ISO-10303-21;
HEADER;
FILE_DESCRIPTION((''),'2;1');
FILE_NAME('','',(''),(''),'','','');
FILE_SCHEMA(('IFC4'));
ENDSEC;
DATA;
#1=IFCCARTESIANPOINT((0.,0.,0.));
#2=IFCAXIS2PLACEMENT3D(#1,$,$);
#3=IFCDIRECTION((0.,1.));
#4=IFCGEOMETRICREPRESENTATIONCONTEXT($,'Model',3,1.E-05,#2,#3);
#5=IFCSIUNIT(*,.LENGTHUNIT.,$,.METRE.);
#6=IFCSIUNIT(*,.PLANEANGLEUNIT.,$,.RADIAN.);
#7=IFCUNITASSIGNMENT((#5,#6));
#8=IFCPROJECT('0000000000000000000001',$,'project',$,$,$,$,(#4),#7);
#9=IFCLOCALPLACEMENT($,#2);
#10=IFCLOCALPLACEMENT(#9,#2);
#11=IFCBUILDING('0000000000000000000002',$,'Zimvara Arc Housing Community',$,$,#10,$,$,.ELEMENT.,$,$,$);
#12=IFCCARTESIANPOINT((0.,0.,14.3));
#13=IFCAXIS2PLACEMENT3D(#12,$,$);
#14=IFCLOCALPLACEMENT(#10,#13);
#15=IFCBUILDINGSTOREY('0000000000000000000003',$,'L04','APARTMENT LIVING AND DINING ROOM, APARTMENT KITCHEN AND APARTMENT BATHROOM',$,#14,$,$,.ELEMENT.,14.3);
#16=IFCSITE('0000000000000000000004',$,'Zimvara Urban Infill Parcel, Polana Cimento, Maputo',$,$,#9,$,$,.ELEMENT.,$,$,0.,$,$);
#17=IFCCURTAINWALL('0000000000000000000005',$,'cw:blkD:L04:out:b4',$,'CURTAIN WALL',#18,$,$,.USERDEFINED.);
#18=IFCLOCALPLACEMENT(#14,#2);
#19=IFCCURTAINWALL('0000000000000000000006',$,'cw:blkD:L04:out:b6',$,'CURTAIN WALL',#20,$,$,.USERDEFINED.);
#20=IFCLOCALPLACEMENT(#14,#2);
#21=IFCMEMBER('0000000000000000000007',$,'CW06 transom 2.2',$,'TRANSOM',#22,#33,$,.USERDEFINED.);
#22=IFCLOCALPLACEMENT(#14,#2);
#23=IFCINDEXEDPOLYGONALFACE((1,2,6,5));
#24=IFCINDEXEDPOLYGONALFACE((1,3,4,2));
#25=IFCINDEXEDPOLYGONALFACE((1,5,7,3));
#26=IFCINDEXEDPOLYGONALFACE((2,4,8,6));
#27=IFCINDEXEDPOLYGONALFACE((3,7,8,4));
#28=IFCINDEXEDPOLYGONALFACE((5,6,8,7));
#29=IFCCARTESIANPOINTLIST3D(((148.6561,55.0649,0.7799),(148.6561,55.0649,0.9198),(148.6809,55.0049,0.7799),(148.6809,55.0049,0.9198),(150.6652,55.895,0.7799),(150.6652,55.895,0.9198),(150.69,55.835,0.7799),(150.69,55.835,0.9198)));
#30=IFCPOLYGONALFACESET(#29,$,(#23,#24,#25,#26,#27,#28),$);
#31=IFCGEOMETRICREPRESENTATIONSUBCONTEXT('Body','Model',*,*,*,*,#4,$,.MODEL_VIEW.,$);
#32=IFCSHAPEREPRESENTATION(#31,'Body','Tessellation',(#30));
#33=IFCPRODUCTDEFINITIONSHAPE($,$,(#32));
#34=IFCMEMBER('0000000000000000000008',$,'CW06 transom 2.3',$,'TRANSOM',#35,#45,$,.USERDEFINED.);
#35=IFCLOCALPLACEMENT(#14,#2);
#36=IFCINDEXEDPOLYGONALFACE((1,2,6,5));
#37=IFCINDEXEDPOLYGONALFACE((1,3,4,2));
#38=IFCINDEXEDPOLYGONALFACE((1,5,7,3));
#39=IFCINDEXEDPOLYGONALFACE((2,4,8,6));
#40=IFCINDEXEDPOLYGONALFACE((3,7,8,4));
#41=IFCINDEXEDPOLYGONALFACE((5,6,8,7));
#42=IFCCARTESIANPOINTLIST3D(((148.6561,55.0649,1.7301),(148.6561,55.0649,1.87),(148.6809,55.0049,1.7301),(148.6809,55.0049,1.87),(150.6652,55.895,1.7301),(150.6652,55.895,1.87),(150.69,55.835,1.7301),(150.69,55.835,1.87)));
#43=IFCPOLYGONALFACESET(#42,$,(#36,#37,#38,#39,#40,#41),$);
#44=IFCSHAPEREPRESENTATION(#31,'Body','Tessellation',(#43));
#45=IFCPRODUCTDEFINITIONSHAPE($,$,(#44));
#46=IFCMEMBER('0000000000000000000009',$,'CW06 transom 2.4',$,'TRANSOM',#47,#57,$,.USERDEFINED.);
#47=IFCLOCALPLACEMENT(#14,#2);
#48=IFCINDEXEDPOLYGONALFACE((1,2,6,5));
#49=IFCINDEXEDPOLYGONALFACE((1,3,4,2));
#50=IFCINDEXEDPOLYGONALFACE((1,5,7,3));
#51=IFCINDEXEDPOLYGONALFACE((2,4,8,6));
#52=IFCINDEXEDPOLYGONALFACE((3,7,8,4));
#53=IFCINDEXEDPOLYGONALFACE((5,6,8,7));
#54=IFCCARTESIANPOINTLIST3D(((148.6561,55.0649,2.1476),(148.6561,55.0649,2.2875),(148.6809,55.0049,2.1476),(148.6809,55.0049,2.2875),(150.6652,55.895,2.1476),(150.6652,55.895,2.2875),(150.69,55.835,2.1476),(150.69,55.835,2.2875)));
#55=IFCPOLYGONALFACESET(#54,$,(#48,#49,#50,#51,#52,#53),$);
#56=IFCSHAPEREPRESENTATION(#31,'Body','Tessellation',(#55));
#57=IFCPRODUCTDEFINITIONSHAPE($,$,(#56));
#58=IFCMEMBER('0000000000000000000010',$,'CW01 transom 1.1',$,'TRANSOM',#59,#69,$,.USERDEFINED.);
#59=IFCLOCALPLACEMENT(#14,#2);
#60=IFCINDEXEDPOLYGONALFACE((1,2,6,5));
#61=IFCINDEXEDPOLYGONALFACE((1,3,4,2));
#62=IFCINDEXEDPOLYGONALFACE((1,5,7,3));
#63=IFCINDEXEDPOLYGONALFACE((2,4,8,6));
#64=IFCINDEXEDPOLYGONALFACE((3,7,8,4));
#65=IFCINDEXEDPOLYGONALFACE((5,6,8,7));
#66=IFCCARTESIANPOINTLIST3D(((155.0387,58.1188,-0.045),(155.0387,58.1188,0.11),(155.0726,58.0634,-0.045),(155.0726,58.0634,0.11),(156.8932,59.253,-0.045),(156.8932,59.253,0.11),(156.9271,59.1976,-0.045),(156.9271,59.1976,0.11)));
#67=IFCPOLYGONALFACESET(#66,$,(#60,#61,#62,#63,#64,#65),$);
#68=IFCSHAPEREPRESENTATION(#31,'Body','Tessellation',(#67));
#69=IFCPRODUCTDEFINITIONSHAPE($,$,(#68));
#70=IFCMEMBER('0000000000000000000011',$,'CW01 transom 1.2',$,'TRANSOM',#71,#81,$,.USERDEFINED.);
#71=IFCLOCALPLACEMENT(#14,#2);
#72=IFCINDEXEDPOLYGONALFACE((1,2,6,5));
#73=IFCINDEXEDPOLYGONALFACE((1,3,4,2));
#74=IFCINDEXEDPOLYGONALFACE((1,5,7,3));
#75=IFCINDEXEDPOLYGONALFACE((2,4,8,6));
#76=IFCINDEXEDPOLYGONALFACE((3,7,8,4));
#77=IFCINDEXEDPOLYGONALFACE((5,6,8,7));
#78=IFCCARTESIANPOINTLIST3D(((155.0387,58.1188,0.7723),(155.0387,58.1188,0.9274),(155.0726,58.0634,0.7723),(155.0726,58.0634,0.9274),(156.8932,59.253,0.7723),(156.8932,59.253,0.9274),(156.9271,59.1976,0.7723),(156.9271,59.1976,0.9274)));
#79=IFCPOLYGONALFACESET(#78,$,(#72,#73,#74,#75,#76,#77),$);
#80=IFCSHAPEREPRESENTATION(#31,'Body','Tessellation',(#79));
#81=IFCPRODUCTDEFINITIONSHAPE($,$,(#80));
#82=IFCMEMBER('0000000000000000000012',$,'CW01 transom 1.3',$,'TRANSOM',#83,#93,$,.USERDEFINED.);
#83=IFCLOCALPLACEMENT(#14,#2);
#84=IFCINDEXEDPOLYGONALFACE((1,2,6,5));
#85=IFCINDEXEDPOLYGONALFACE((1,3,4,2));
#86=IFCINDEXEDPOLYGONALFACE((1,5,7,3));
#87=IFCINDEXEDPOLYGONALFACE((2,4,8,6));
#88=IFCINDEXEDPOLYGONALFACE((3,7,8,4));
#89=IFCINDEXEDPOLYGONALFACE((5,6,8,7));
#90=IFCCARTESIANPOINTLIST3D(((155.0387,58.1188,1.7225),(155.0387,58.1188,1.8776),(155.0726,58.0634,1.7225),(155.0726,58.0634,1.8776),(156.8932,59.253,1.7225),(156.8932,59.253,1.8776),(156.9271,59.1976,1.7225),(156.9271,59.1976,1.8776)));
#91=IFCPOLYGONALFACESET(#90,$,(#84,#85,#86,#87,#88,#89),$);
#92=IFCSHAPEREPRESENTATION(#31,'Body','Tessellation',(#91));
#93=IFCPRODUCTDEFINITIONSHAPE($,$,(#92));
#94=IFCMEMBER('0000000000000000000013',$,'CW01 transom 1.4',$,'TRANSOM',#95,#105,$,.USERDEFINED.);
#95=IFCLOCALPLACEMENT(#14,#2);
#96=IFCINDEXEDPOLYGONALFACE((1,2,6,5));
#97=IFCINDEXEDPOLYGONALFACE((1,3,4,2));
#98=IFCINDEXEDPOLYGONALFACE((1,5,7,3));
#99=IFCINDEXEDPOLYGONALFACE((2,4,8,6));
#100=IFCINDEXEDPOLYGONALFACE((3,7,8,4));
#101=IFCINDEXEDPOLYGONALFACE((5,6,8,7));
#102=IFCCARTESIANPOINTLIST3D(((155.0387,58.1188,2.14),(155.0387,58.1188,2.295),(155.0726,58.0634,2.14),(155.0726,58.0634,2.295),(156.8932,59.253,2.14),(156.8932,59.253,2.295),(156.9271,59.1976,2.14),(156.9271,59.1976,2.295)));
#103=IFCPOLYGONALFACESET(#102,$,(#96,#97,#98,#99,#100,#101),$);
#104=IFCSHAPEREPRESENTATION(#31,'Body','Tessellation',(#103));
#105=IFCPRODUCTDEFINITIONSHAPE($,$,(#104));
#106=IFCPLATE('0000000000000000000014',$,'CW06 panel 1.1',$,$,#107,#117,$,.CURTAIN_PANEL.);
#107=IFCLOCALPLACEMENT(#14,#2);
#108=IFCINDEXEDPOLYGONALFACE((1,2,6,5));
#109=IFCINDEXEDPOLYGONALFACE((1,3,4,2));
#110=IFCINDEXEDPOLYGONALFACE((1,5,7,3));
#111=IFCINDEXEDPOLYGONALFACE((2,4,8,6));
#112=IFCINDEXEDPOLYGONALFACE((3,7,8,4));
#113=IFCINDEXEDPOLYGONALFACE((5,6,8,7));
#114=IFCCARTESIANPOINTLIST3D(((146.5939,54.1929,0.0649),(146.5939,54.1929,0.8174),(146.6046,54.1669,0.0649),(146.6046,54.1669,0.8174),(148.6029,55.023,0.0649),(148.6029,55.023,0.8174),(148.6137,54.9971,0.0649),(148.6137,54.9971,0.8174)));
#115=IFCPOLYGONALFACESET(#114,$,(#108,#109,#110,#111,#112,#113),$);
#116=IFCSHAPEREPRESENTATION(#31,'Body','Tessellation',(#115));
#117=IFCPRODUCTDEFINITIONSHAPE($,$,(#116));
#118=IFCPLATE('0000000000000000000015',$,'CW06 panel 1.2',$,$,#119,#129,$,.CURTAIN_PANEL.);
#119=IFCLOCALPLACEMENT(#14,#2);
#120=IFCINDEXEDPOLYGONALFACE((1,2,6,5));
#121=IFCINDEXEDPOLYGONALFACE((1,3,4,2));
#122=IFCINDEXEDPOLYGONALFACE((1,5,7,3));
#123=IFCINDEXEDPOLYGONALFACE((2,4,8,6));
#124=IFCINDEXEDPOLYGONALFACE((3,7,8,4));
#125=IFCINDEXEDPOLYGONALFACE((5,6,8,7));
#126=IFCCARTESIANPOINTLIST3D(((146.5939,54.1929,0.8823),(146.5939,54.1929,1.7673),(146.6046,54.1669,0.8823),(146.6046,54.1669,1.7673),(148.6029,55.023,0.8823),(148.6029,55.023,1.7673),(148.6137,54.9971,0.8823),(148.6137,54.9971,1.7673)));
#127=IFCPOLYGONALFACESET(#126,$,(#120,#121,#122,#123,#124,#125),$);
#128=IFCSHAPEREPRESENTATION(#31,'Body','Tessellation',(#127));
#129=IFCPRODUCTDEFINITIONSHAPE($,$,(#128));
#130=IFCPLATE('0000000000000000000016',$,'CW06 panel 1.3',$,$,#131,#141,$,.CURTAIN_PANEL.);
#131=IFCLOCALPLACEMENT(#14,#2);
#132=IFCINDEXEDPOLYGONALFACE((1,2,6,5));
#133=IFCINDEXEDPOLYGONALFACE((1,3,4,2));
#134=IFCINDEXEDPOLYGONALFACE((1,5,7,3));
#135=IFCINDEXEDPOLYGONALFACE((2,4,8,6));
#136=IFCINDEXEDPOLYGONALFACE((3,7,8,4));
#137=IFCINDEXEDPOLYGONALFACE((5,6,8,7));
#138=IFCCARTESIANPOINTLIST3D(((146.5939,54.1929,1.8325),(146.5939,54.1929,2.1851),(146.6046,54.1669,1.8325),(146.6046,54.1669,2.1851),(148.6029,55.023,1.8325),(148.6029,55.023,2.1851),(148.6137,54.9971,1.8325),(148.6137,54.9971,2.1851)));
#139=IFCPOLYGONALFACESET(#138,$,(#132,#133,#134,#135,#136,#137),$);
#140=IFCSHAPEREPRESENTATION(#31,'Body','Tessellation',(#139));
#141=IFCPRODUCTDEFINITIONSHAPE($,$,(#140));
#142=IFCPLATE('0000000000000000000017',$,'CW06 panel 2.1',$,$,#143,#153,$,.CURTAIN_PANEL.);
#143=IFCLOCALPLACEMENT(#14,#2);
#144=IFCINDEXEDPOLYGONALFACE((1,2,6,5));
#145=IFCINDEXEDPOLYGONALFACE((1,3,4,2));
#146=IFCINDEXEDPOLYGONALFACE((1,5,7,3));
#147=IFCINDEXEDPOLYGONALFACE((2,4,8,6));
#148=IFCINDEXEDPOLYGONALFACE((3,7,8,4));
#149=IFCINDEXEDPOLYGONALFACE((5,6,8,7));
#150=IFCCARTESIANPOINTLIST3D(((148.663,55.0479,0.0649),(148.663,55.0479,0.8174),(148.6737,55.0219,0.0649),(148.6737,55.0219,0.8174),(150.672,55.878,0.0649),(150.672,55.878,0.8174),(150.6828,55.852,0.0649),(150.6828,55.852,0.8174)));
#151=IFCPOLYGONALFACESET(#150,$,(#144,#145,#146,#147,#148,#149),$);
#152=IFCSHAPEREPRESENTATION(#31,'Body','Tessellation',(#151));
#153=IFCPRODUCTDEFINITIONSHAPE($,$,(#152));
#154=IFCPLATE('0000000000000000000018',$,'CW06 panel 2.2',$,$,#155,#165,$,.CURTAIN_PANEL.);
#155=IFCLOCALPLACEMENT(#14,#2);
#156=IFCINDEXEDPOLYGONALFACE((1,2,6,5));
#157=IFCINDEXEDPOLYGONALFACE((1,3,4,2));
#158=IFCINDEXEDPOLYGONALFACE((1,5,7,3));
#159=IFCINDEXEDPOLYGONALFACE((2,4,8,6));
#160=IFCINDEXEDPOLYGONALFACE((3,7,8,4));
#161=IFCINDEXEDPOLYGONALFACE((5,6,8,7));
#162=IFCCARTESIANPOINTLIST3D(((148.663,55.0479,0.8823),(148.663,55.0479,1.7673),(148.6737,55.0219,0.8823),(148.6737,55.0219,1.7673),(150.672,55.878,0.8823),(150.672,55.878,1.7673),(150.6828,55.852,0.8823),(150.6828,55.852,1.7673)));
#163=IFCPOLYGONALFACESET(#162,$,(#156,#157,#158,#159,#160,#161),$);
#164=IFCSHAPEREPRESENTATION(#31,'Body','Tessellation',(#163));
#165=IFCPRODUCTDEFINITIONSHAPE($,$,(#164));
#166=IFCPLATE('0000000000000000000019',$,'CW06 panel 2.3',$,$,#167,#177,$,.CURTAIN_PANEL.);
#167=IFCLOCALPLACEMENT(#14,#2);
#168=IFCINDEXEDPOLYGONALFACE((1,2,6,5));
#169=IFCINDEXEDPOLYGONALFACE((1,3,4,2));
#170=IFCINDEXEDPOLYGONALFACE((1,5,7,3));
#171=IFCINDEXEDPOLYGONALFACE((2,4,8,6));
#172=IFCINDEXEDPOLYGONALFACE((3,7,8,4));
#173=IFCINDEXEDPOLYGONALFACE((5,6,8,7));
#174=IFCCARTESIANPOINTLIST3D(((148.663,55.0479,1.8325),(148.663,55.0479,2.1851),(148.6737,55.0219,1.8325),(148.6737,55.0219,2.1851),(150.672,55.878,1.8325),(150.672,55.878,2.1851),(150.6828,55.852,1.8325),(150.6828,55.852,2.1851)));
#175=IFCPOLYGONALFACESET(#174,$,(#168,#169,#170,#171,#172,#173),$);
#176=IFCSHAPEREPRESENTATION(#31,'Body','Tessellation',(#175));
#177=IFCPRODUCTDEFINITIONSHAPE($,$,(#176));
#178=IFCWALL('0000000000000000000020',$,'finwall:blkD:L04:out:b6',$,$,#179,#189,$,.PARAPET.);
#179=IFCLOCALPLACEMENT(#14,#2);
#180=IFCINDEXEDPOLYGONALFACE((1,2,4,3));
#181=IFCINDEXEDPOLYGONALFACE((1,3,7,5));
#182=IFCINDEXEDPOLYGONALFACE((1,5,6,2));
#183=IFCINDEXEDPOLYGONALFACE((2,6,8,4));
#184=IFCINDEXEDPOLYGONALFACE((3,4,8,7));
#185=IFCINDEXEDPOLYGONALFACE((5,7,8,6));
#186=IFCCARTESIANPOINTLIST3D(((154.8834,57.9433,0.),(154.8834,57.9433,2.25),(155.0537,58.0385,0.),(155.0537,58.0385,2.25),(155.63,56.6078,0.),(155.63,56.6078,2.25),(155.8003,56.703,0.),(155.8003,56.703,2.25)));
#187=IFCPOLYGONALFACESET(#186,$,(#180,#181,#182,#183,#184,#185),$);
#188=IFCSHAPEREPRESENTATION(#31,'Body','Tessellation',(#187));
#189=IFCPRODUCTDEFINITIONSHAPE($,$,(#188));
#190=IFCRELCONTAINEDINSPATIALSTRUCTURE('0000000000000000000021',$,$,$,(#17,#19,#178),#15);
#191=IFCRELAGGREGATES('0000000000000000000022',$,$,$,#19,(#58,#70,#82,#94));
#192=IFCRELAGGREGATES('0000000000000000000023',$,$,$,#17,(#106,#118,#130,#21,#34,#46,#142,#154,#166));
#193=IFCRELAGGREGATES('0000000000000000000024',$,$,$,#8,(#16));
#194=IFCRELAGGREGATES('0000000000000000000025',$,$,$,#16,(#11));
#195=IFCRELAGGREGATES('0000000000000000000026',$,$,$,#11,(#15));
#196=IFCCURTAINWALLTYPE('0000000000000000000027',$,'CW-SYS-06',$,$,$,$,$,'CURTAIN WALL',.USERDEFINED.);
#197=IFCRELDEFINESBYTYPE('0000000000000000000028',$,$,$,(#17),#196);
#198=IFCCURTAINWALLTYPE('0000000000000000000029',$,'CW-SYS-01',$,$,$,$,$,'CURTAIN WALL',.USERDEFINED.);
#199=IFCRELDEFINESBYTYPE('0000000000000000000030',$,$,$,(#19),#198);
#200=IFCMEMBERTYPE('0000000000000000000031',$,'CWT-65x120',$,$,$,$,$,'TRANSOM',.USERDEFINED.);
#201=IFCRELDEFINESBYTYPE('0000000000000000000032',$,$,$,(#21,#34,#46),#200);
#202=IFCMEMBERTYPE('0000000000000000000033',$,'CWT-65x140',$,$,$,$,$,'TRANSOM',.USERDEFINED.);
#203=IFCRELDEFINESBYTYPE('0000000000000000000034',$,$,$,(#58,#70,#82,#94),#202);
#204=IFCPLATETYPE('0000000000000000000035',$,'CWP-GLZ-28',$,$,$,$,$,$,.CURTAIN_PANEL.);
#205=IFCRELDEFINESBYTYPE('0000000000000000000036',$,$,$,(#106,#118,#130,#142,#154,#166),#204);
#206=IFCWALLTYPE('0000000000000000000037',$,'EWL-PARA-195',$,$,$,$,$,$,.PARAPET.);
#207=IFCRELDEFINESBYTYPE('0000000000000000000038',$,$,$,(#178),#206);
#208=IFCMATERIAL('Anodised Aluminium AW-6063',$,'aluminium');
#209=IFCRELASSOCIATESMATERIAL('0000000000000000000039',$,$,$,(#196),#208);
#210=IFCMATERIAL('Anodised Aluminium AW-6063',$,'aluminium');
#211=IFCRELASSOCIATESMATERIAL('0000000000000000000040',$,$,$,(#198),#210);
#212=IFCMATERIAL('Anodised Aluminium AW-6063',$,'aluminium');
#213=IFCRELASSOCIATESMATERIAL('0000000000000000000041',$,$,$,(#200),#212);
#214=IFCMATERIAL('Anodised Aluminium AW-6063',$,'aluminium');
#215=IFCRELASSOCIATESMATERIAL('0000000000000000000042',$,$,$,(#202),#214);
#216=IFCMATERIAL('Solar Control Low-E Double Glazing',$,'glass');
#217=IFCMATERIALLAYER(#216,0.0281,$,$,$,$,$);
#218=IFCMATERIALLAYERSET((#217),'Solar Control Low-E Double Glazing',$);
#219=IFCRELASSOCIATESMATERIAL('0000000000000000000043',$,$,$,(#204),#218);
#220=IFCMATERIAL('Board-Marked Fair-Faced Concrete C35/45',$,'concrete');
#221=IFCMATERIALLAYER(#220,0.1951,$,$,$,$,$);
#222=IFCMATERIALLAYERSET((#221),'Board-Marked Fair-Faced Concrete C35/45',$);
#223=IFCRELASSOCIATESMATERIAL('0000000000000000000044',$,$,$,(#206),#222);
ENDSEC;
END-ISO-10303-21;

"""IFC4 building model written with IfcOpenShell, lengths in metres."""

from ifc_helpers import new_model, si_unit, direction, frame, frame_2d, origin, origin_2d, place, context, subcontext, project, spatial, rectangle, extrude, material, layer, layer_set, material_profile, profile_set, type_object, element, aggregate, save


model = new_model("IFC4")

# Units and contexts
model_context = context("Model", 3, precision=1e-05, world=origin(), true_north=direction((0.0, 1.0)))
body_context = subcontext(model_context, "Body", "Model", "MODEL_VIEW")
ifc_project = project(units=[si_unit("LENGTHUNIT", "METRE"), si_unit("PLANEANGLEUNIT", "RADIAN")], contexts=[model_context])

# Site, building, storey
site_placement = place(None, origin())
site = spatial("IfcSite", under=ifc_project, at=site_placement, Name="Zimvara Urban Infill Parcel, Polana Cimento, Maputo", CompositionType="ELEMENT", RefElevation=0.0)
building_placement = place(site_placement, origin())
building = spatial("IfcBuilding", under=site, at=building_placement, Name="Zimvara Arc Housing Community", CompositionType="ELEMENT")
storey_placement = place(building_placement, frame((0.0, 0.0, 14.3)))
storey = spatial("IfcBuildingStorey", under=building, at=storey_placement, Name="L04", Description="APARTMENT LIVING AND DINING ROOM, APARTMENT KITCHEN AND APARTMENT BATHROOM", CompositionType="ELEMENT", Elevation=14.3)

# Curtain wall
ifc_material_1 = material(Name="Anodised Aluminium AW-6063", Category="aluminium")
curtain_wall_type_1 = type_object("IfcCurtainWallType", Name="CW-SYS-06", ElementType="CURTAIN WALL", PredefinedType="USERDEFINED", material=ifc_material_1)
curtain_wall_1_placement = place(storey_placement, origin())
curtain_wall_1 = element("IfcCurtainWall", 1, at=curtain_wall_1_placement, inside=storey, type_object=curtain_wall_type_1, Name="cw:blkD:L04:out:b4", ObjectType="CURTAIN WALL", PredefinedType="USERDEFINED")

# Curtain wall
ifc_material_2 = material(Name="Anodised Aluminium AW-6063", Category="aluminium")
curtain_wall_type_2 = type_object("IfcCurtainWallType", Name="CW-SYS-01", ElementType="CURTAIN WALL", PredefinedType="USERDEFINED", material=ifc_material_2)
curtain_wall_2_placement = place(storey_placement, origin())
curtain_wall_2 = element("IfcCurtainWall", 2, at=curtain_wall_2_placement, inside=storey, type_object=curtain_wall_type_2, Name="cw:blkD:L04:out:b6", ObjectType="CURTAIN WALL", PredefinedType="USERDEFINED")

# Members
ifc_material_3 = material(Name="Anodised Aluminium AW-6063", Category="aluminium")
ifc_material_profile_1 = material_profile(ifc_material_3, rectangle(XDim=0.0649, YDim=0.1399, at=origin_2d()), Name="ALU 65x140")
ifc_profile_set_1 = profile_set([ifc_material_profile_1], Name="Anodised Aluminium AW-6063")
member_type_1 = type_object("IfcMemberType", Name="CWT-65x120", ElementType="TRANSOM", PredefinedType="USERDEFINED", material=ifc_profile_set_1)
member_1_placement = place(storey_placement, frame((148.6685, 55.0349, 0.8499), z_axis=(0.924219, 0.381862, 0.0), x_axis=(-0.381862, 0.924219, 0.0)))
member_1 = element("IfcMember", 3, at=member_1_placement, type_object=member_type_1, Name="CW06 transom 2.2", ObjectType="TRANSOM", PredefinedType="USERDEFINED", context=body_context, shape_type="SweptSolid", body=[
    extrude(rectangle(XDim=0.0649, YDim=0.1399, at=origin_2d()), origin(), (0.0, 0.0, 1.0), 2.1738),
])
member_2_placement = place(storey_placement, frame((148.6685, 55.0349, 1.8), z_axis=(0.924219, 0.381862, 0.0), x_axis=(-0.381862, 0.924219, 0.0)))
member_2 = element("IfcMember", 4, at=member_2_placement, type_object=member_type_1, Name="CW06 transom 2.3", ObjectType="TRANSOM", PredefinedType="USERDEFINED", context=body_context, shape_type="SweptSolid", body=[
    extrude(rectangle(XDim=0.0649, YDim=0.1399, at=origin_2d()), origin(), (0.0, 0.0, 1.0), 2.1738),
])
member_3_placement = place(storey_placement, frame((148.6685, 55.0349, 2.2175), z_axis=(0.924219, 0.381862, 0.0), x_axis=(-0.381862, 0.924219, 0.0)))
member_3 = element("IfcMember", 5, at=member_3_placement, type_object=member_type_1, Name="CW06 transom 2.4", ObjectType="TRANSOM", PredefinedType="USERDEFINED", context=body_context, shape_type="SweptSolid", body=[
    extrude(rectangle(XDim=0.0649, YDim=0.1399, at=origin_2d()), origin(), (0.0, 0.0, 1.0), 2.1738),
])
ifc_material_4 = material(Name="Anodised Aluminium AW-6063", Category="aluminium")
ifc_material_profile_2 = material_profile(ifc_material_4, rectangle(XDim=0.0649, YDim=0.155, at=origin_2d()), Name="ALU 65x155")
ifc_profile_set_2 = profile_set([ifc_material_profile_2], Name="Anodised Aluminium AW-6063")
member_type_2 = type_object("IfcMemberType", Name="CWT-65x140", ElementType="TRANSOM", PredefinedType="USERDEFINED", material=ifc_profile_set_2)
member_4_placement = place(storey_placement, frame((155.0557, 58.0911, 0.0325), z_axis=(0.853082, 0.521777, 0.0), x_axis=(-0.521777, 0.853082, 0.0)))
member_4 = element("IfcMember", 6, at=member_4_placement, type_object=member_type_2, Name="CW01 transom 1.1", ObjectType="TRANSOM", PredefinedType="USERDEFINED", context=body_context, shape_type="SweptSolid", body=[
    extrude(rectangle(XDim=0.0649, YDim=0.155, at=origin_2d()), origin(), (0.0, 0.0, 1.0), 2.1738),
])
member_5_placement = place(storey_placement, frame((155.0557, 58.0911, 0.8499), z_axis=(0.853082, 0.521777, 0.0), x_axis=(-0.521777, 0.853082, 0.0)))
member_5 = element("IfcMember", 7, at=member_5_placement, type_object=member_type_2, Name="CW01 transom 1.2", ObjectType="TRANSOM", PredefinedType="USERDEFINED", context=body_context, shape_type="SweptSolid", body=[
    extrude(rectangle(XDim=0.0649, YDim=0.155, at=origin_2d()), origin(), (0.0, 0.0, 1.0), 2.1738),
])
member_6_placement = place(storey_placement, frame((155.0557, 58.0911, 1.8), z_axis=(0.853082, 0.521777, 0.0), x_axis=(-0.521777, 0.853082, 0.0)))
member_6 = element("IfcMember", 8, at=member_6_placement, type_object=member_type_2, Name="CW01 transom 1.3", ObjectType="TRANSOM", PredefinedType="USERDEFINED", context=body_context, shape_type="SweptSolid", body=[
    extrude(rectangle(XDim=0.0649, YDim=0.155, at=origin_2d()), origin(), (0.0, 0.0, 1.0), 2.1738),
])
member_7_placement = place(storey_placement, frame((155.0557, 58.0911, 2.2175), z_axis=(0.853082, 0.521777, 0.0), x_axis=(-0.521777, 0.853082, 0.0)))
member_7 = element("IfcMember", 9, at=member_7_placement, type_object=member_type_2, Name="CW01 transom 1.4", ObjectType="TRANSOM", PredefinedType="USERDEFINED", context=body_context, shape_type="SweptSolid", body=[
    extrude(rectangle(XDim=0.0649, YDim=0.155, at=origin_2d()), origin(), (0.0, 0.0, 1.0), 2.1738),
])
aggregate(curtain_wall_2, [member_4, member_5, member_6, member_7])

# Plates
ifc_material_5 = material(Name="Solar Control Low-E Double Glazing", Category="glass")
ifc_layer_1 = layer(ifc_material_5, 0.0281)
ifc_layer_set_1 = layer_set([ifc_layer_1], Name="Solar Control Low-E Double Glazing")
plate_type = type_object("IfcPlateType", Name="CWP-GLZ-28", PredefinedType="CURTAIN_PANEL", material=ifc_layer_set_1)
plate_1_placement = place(storey_placement, frame((147.6038, 54.595, 0.0649), z_axis=(0.0, 0.0, 1.0), x_axis=(0.924213, 0.381876, 0.0)))
plate_1 = element("IfcPlate", 10, at=plate_1_placement, type_object=plate_type, Name="CW06 panel 1.1", PredefinedType="CURTAIN_PANEL", context=body_context, shape_type="SweptSolid", body=[
    extrude(rectangle(XDim=2.1738, YDim=0.0281, at=origin_2d()), origin(), (0.0, 0.0, 1.0), 0.7524),
])
plate_2_placement = place(storey_placement, frame((147.6038, 54.595, 0.8823), z_axis=(0.0, 0.0, 1.0), x_axis=(0.924213, 0.381876, 0.0)))
plate_2 = element("IfcPlate", 11, at=plate_2_placement, type_object=plate_type, Name="CW06 panel 1.2", PredefinedType="CURTAIN_PANEL", context=body_context, shape_type="SweptSolid", body=[
    extrude(rectangle(XDim=2.1738, YDim=0.0281, at=origin_2d()), origin(), (0.0, 0.0, 1.0), 0.885),
])
plate_3_placement = place(storey_placement, frame((147.6038, 54.595, 1.8325), z_axis=(0.0, 0.0, 1.0), x_axis=(0.924213, 0.381876, 0.0)))
plate_3 = element("IfcPlate", 12, at=plate_3_placement, type_object=plate_type, Name="CW06 panel 1.3", PredefinedType="CURTAIN_PANEL", context=body_context, shape_type="SweptSolid", body=[
    extrude(rectangle(XDim=2.1738, YDim=0.0281, at=origin_2d()), origin(), (0.0, 0.0, 1.0), 0.3525),
])
plate_4_placement = place(storey_placement, frame((149.6729, 55.45, 0.0649), z_axis=(0.0, 0.0, 1.0), x_axis=(0.924213, 0.381876, 0.0)))
plate_4 = element("IfcPlate", 13, at=plate_4_placement, type_object=plate_type, Name="CW06 panel 2.1", PredefinedType="CURTAIN_PANEL", context=body_context, shape_type="SweptSolid", body=[
    extrude(rectangle(XDim=2.1738, YDim=0.0281, at=origin_2d()), origin(), (0.0, 0.0, 1.0), 0.7524),
])
plate_5_placement = place(storey_placement, frame((149.6729, 55.45, 0.8823), z_axis=(0.0, 0.0, 1.0), x_axis=(0.924213, 0.381876, 0.0)))
plate_5 = element("IfcPlate", 14, at=plate_5_placement, type_object=plate_type, Name="CW06 panel 2.2", PredefinedType="CURTAIN_PANEL", context=body_context, shape_type="SweptSolid", body=[
    extrude(rectangle(XDim=2.1738, YDim=0.0281, at=origin_2d()), origin(), (0.0, 0.0, 1.0), 0.885),
])
plate_6_placement = place(storey_placement, frame((149.6729, 55.45, 1.8325), z_axis=(0.0, 0.0, 1.0), x_axis=(0.924213, 0.381876, 0.0)))
plate_6 = element("IfcPlate", 15, at=plate_6_placement, type_object=plate_type, Name="CW06 panel 2.3", PredefinedType="CURTAIN_PANEL", context=body_context, shape_type="SweptSolid", body=[
    extrude(rectangle(XDim=2.1738, YDim=0.0281, at=origin_2d()), origin(), (0.0, 0.0, 1.0), 0.3525),
])
aggregate(curtain_wall_1, [plate_1, plate_2, plate_3, member_1, member_2, member_3, plate_4, plate_5, plate_6])

# Wall
ifc_material_6 = material(Name="Board-Marked Fair-Faced Concrete C35/45", Category="concrete")
ifc_layer_2 = layer(ifc_material_6, 0.1951)
ifc_layer_set_2 = layer_set([ifc_layer_2], Name="Board-Marked Fair-Faced Concrete C35/45")
wall_type_1 = type_object("IfcWallType", Name="EWL-PARA-195", PredefinedType="PARAPET", material=ifc_layer_set_2)
wall_1_placement = place(storey_placement, frame((154.9685, 57.991, 0.0), z_axis=(0.0, 0.0, 1.0), x_axis=(0.487972, -0.87286, 0.0)))
element("IfcWall", 16, at=wall_1_placement, inside=storey, type_object=wall_type_1, Name="finwall:blkD:L04:out:b6", PredefinedType="PARAPET", context=body_context, shape_type="SweptSolid", body=[
    extrude(rectangle(XDim=1.53, YDim=0.1951, at=frame_2d((0.7651, 0.0))), origin(), (0.0, 0.0, 1.0), 2.25),
])

save(model, "model.ifc")
